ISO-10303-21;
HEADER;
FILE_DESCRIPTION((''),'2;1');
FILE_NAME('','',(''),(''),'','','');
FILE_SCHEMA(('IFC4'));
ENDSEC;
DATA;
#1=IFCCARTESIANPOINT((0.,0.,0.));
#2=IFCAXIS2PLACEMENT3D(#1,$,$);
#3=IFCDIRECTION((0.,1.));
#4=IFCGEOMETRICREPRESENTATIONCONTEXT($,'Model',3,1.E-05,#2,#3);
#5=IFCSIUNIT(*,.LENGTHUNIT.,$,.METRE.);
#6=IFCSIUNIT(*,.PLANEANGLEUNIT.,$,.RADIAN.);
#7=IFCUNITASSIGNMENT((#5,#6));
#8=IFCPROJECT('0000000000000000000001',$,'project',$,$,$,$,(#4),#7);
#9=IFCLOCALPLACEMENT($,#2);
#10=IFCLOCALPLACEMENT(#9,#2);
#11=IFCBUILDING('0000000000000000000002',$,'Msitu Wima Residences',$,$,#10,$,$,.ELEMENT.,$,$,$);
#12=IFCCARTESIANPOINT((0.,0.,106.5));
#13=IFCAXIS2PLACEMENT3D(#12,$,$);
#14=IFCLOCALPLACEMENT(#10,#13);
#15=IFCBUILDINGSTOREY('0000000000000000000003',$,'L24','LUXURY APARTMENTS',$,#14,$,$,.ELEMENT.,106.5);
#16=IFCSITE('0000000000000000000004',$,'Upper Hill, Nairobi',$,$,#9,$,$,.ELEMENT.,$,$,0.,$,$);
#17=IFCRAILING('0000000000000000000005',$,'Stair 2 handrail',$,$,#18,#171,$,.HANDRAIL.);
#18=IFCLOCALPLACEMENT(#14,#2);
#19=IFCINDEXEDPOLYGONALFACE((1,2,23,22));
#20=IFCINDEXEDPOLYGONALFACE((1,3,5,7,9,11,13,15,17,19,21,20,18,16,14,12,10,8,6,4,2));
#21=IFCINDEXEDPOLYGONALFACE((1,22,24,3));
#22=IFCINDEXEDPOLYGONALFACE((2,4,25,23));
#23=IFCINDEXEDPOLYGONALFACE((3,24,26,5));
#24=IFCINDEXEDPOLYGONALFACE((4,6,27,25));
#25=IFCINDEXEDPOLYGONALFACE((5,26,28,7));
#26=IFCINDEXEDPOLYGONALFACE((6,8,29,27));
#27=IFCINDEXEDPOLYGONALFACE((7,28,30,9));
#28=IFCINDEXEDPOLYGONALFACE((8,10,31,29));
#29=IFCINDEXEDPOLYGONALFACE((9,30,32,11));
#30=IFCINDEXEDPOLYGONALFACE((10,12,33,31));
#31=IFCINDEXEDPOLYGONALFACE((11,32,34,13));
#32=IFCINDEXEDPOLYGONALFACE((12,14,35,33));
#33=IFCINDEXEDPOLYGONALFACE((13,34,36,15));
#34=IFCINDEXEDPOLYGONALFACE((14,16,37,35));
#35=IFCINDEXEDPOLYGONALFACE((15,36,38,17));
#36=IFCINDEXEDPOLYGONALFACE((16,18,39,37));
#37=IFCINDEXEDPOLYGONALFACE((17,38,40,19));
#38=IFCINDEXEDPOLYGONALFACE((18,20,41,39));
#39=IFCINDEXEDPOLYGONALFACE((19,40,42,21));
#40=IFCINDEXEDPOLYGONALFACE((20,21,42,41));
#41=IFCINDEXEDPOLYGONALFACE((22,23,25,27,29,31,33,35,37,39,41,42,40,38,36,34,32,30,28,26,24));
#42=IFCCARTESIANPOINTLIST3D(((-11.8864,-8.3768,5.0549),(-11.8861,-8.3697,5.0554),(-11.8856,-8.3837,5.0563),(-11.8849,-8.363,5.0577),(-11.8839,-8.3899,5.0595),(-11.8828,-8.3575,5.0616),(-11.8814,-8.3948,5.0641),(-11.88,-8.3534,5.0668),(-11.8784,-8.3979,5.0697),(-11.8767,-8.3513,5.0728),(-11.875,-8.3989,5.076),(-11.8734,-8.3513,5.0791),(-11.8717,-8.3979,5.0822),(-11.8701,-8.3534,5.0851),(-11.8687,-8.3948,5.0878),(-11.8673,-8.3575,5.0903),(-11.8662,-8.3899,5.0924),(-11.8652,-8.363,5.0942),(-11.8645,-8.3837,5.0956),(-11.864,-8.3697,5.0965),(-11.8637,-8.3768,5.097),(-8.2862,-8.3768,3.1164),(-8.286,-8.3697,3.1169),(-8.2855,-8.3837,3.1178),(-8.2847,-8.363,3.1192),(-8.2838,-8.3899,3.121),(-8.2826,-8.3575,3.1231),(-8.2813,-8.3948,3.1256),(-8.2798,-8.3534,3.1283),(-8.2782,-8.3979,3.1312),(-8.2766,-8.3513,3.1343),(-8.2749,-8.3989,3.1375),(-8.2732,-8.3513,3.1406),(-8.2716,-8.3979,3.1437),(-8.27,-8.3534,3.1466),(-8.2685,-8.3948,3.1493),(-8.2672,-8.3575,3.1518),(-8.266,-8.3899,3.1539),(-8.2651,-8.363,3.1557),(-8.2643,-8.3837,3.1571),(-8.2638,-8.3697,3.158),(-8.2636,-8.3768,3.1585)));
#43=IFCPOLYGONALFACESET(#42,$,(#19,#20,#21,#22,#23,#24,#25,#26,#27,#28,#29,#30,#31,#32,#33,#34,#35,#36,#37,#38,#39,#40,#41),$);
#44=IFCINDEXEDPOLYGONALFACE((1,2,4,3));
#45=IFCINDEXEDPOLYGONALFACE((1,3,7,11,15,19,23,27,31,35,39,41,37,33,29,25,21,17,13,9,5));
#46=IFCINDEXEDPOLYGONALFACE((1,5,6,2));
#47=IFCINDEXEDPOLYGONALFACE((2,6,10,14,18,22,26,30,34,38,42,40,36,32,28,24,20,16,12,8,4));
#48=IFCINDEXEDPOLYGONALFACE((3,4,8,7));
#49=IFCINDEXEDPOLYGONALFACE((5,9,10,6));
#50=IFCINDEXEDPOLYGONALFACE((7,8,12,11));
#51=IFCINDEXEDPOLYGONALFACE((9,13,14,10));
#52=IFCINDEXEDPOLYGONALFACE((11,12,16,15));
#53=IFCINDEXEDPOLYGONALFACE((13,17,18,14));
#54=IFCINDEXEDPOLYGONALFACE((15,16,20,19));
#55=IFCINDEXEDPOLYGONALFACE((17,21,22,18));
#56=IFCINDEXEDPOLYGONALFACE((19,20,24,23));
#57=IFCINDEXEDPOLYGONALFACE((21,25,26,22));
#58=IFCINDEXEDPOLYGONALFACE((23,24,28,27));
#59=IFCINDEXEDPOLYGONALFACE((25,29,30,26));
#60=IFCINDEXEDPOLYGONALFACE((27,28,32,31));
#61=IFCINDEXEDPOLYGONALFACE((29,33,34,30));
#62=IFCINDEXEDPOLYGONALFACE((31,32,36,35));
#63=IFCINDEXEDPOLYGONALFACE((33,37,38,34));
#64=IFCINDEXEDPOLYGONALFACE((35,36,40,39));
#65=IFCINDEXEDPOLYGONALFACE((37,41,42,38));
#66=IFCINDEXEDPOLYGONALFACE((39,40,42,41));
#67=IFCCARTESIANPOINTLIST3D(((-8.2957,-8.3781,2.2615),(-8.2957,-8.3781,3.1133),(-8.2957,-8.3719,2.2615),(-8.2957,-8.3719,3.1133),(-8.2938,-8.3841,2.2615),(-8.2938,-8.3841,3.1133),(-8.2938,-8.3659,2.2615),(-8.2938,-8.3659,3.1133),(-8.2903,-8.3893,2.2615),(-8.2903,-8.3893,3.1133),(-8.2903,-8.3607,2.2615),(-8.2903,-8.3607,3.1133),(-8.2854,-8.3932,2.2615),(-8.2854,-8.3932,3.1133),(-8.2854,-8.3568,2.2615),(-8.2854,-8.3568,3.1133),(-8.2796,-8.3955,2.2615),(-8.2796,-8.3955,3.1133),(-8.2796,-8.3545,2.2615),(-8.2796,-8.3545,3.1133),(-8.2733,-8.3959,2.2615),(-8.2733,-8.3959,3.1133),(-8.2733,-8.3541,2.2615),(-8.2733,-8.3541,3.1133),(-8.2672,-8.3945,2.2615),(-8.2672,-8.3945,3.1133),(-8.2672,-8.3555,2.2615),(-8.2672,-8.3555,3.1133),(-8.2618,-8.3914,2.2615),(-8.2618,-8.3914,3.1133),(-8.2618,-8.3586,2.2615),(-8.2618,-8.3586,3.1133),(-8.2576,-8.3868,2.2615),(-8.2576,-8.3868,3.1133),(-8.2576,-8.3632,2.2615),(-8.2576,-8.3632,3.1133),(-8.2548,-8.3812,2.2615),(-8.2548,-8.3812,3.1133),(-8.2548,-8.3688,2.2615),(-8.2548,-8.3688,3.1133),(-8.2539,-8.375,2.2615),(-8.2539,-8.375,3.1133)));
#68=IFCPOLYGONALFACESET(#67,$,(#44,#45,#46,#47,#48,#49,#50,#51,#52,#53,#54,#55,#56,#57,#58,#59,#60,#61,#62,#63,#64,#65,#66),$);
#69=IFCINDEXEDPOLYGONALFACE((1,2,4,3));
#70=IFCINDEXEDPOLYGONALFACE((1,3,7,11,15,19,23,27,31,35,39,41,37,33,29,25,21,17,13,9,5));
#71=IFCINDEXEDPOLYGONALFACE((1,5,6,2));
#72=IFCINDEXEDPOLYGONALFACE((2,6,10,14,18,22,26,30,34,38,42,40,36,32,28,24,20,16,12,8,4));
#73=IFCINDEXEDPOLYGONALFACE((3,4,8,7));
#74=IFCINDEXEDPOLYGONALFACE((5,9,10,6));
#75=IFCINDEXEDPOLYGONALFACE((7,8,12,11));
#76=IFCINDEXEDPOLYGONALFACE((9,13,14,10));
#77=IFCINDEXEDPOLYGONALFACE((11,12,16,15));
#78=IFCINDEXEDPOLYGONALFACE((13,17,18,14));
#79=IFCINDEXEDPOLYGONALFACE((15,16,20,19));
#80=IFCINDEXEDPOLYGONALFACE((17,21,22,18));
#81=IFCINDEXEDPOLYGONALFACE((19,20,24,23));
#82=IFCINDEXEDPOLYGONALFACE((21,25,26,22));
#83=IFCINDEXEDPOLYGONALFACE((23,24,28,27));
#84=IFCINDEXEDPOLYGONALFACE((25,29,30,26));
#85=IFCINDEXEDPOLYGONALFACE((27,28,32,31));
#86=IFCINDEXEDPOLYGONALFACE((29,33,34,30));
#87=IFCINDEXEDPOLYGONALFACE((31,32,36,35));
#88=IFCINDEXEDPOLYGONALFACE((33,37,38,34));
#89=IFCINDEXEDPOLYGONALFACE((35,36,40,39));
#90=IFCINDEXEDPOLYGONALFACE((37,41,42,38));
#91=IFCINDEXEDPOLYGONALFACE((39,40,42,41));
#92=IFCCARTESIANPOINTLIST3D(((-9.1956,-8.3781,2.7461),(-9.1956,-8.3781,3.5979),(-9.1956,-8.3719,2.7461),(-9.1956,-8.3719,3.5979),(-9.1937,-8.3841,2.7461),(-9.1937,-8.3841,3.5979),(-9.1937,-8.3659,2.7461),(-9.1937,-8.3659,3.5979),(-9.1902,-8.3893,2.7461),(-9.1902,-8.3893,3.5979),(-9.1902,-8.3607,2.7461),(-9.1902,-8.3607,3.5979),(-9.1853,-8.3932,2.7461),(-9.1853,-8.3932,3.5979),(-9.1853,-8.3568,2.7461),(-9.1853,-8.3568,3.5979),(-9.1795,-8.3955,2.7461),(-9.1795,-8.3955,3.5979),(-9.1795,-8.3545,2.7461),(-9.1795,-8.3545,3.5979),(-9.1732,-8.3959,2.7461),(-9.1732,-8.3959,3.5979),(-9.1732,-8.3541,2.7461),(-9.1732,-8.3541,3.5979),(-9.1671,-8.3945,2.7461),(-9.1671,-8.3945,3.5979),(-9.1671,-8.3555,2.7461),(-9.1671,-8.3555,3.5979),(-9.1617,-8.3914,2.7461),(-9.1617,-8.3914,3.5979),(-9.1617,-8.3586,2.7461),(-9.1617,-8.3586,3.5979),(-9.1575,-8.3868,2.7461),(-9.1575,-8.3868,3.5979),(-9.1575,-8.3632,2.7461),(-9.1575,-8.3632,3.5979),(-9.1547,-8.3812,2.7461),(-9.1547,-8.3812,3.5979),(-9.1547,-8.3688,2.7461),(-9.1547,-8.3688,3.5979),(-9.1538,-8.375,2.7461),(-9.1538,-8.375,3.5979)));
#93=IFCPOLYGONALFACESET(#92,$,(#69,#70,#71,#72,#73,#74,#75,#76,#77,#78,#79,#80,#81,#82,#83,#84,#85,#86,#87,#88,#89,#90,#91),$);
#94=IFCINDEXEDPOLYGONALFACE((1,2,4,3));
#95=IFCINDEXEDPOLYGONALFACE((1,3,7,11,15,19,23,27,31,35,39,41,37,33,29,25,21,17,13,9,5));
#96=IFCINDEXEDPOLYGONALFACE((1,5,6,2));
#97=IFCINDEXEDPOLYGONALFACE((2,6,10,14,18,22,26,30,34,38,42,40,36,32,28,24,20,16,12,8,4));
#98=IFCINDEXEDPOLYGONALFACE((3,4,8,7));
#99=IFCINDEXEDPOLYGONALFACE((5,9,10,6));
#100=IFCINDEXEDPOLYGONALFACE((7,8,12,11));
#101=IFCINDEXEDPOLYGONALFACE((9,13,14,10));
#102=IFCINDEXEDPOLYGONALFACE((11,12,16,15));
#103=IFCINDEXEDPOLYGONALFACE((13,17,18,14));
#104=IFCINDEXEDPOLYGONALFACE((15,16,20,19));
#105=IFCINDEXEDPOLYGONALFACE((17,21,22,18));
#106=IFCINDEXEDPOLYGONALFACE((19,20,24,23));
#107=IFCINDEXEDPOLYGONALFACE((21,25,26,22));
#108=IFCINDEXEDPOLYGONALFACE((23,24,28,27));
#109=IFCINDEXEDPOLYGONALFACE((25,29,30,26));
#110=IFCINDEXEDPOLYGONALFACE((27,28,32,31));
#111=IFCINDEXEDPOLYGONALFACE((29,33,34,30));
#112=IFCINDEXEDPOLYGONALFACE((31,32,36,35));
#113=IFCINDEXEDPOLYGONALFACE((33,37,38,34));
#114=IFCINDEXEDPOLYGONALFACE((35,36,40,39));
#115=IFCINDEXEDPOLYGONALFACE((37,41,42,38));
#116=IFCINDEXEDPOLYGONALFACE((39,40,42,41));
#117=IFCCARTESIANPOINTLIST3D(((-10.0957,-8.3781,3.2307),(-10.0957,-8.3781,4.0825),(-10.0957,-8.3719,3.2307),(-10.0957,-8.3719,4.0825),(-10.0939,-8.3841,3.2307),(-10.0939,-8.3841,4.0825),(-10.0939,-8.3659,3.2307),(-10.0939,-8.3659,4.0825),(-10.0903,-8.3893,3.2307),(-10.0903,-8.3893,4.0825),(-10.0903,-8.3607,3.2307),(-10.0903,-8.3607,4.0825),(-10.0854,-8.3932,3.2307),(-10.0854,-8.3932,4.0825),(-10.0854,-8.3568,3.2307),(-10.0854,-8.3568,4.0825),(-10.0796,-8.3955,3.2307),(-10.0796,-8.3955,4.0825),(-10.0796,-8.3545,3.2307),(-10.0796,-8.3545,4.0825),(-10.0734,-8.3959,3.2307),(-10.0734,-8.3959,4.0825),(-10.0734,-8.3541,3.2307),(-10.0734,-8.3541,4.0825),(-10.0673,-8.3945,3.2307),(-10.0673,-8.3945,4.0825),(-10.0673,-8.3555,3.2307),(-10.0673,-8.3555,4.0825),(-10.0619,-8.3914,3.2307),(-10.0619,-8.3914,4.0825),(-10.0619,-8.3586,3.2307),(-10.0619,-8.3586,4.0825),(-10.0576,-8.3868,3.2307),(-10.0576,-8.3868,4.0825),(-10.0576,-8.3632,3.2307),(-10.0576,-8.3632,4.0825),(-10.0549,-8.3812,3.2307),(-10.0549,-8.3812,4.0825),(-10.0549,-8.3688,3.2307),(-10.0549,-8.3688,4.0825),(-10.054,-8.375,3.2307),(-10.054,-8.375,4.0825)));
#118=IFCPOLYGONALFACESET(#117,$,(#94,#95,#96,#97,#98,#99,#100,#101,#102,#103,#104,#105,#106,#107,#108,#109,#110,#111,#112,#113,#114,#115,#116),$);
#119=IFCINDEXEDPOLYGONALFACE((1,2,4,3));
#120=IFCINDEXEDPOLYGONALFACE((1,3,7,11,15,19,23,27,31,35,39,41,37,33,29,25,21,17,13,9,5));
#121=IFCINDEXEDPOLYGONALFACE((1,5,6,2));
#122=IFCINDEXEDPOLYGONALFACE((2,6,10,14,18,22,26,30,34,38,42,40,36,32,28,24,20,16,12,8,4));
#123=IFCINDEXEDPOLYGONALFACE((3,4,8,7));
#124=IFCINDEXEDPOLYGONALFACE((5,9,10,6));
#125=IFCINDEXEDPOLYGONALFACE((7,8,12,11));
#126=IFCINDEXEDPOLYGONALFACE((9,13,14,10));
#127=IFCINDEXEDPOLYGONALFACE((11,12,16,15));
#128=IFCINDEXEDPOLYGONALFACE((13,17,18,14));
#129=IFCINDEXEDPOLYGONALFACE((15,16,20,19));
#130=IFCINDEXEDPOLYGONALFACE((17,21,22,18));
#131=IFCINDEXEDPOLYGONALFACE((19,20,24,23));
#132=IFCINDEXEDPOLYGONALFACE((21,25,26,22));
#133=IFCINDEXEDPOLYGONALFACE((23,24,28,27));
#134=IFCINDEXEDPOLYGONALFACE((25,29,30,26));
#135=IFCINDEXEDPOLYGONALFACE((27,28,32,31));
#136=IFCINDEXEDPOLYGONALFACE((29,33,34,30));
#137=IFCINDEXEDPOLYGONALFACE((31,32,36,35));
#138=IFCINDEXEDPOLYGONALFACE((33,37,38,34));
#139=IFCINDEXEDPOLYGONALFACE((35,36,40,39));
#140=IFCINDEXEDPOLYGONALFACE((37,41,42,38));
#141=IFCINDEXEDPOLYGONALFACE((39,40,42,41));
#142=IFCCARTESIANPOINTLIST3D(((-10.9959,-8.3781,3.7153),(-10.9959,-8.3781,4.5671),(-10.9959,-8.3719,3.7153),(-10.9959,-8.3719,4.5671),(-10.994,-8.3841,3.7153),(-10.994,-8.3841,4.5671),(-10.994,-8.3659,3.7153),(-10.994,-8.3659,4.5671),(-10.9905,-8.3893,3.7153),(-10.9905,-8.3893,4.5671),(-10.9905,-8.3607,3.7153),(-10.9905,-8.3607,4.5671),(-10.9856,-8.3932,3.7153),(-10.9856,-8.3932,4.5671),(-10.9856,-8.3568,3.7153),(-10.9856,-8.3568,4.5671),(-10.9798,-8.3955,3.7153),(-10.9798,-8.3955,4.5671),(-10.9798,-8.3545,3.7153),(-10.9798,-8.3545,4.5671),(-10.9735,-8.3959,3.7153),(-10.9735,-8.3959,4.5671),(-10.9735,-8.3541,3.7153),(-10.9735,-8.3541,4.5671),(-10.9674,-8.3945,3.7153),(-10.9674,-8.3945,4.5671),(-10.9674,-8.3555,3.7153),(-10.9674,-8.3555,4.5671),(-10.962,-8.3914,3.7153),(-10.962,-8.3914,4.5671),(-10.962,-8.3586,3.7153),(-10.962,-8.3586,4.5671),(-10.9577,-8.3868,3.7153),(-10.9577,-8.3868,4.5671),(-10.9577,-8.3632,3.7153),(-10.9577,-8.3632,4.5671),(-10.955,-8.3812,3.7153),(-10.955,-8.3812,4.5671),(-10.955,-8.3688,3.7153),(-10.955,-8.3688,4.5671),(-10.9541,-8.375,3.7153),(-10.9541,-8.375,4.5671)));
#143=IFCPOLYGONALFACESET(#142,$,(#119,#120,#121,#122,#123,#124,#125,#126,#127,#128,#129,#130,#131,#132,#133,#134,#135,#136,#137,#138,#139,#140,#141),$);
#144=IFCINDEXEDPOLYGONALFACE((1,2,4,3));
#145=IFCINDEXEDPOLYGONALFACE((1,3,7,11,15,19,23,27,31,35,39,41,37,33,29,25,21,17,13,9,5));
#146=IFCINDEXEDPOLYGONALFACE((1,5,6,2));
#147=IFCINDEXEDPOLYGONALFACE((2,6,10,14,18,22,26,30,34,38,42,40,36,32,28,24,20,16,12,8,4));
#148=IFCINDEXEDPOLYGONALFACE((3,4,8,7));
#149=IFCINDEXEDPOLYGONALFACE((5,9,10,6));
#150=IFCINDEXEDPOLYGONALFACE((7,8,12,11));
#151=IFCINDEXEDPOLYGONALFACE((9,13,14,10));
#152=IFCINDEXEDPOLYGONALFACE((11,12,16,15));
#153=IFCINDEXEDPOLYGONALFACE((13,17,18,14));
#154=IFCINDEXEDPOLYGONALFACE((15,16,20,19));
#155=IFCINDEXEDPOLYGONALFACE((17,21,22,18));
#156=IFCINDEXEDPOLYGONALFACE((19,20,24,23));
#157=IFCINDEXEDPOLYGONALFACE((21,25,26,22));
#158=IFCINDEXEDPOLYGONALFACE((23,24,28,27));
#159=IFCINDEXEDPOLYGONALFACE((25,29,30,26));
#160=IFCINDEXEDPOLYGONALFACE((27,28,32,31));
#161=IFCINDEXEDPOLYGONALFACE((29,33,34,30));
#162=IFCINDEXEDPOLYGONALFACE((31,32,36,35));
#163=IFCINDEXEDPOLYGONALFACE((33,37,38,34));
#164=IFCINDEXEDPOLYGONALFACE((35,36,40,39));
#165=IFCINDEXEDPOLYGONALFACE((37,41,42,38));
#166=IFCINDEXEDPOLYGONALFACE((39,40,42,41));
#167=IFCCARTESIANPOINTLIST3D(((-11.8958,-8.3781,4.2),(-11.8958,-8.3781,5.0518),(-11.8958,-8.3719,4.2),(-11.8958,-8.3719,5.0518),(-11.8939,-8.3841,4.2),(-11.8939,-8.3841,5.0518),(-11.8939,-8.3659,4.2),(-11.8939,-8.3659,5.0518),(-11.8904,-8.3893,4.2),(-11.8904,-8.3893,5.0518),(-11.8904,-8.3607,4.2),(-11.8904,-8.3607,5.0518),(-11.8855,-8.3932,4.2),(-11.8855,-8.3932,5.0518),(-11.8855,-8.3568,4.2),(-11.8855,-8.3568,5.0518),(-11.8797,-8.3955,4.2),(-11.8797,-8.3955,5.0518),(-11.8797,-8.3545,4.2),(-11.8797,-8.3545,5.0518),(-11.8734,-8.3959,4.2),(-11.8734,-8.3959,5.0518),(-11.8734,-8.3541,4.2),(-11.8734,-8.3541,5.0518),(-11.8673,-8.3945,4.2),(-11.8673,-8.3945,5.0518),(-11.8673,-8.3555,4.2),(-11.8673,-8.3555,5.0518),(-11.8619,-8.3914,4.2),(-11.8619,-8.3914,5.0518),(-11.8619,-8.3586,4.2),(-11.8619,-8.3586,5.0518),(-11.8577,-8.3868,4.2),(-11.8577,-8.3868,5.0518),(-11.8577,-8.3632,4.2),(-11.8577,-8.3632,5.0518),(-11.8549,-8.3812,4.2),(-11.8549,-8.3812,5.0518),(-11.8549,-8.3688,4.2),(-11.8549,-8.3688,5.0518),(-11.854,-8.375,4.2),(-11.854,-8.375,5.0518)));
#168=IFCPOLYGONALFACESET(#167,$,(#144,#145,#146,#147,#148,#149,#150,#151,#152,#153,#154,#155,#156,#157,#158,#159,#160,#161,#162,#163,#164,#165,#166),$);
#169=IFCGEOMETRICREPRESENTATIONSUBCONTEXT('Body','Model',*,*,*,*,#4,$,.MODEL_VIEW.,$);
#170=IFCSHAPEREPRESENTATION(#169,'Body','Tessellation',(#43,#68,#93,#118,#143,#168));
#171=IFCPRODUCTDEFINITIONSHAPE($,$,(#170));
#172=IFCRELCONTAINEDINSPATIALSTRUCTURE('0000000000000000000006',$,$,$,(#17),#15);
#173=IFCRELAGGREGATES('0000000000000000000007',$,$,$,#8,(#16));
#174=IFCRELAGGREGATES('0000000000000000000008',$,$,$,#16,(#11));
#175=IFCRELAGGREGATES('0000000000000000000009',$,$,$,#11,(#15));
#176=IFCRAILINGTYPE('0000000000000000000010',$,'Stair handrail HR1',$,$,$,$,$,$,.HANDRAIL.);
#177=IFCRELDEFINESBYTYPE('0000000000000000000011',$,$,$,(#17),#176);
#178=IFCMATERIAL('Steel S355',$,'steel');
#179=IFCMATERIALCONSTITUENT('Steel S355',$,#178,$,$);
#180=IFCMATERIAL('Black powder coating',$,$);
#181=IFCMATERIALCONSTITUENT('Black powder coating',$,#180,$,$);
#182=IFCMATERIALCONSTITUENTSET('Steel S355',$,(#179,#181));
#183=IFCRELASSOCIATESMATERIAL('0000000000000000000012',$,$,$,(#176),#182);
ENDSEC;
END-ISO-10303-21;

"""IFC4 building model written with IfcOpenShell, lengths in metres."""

from ifc_helpers import new_model, si_unit, direction, frame, origin, origin_2d, place, context, subcontext, project, spatial, circle, extrude, material, constituent, constituent_set, type_object, element, save


model = new_model("IFC4")

# Units and contexts
model_context = context("Model", 3, precision=1e-05, world=origin(), true_north=direction((0.0, 1.0)))
body_context = subcontext(model_context, "Body", "Model", "MODEL_VIEW")
ifc_project = project(units=[si_unit("LENGTHUNIT", "METRE"), si_unit("PLANEANGLEUNIT", "RADIAN")], contexts=[model_context])

# Site, building, storey
site_placement = place(None, origin())
site = spatial("IfcSite", under=ifc_project, at=site_placement, Name="Upper Hill, Nairobi", CompositionType="ELEMENT", RefElevation=0.0)
building_placement = place(site_placement, origin())
building = spatial("IfcBuilding", under=site, at=building_placement, Name="Msitu Wima Residences", CompositionType="ELEMENT")
storey_placement = place(building_placement, frame((0.0, 0.0, 106.5)))
storey = spatial("IfcBuildingStorey", under=building, at=storey_placement, Name="L24", Description="LUXURY APARTMENTS", CompositionType="ELEMENT", Elevation=106.5)

# Railing
ifc_material_1 = material(Name="Steel S355", Category="steel")
ifc_constituent_1 = constituent(ifc_material_1, Name="Steel S355")
ifc_material_2 = material(Name="Black powder coating")
ifc_constituent_2 = constituent(ifc_material_2, Name="Black powder coating")
ifc_constituent_set = constituent_set(constituents=[ifc_constituent_1, ifc_constituent_2], Name="Steel S355")
railing_type = type_object("IfcRailingType", Name="Stair handrail HR1", PredefinedType="HANDRAIL", material=ifc_constituent_set)
for number, where, name in (
    (1, (-8.2749, -8.375, 2.2615), "Stair 2 handrail"),
):
    element("IfcRailing", number, at=place(storey_placement, frame(where)), inside=storey, type_object=railing_type, Name=name, PredefinedType="HANDRAIL", context=body_context, shape_type="SweptSolid", body=[
        extrude(circle(Radius=0.0239, at=origin_2d()), frame((0.0, 0.0, 0.876), z_axis=(-0.880475, 0.0, 0.474093), x_axis=(0.0, -1.0, 0.0)), (0.0, 0.0, 1.0), 4.0889),
        extrude(circle(Radius=0.021, at=origin_2d()), origin(), (0.0, 0.0, 1.0), 0.8518),
        extrude(circle(Radius=0.021, at=origin_2d()), frame((-0.8999, 0.0, 0.4846)), (0.0, 0.0, 1.0), 0.8518),
        extrude(circle(Radius=0.021, at=origin_2d()), frame((-1.8, 0.0, 0.9692)), (0.0, 0.0, 1.0), 0.8518),
        extrude(circle(Radius=0.021, at=origin_2d()), frame((-2.7002, 0.0, 1.4539)), (0.0, 0.0, 1.0), 0.8518),
        extrude(circle(Radius=0.021, at=origin_2d()), frame((-3.6001, 0.0, 1.9385)), (0.0, 0.0, 1.0), 0.8518),
    ])

save(model, "model.ifc")
